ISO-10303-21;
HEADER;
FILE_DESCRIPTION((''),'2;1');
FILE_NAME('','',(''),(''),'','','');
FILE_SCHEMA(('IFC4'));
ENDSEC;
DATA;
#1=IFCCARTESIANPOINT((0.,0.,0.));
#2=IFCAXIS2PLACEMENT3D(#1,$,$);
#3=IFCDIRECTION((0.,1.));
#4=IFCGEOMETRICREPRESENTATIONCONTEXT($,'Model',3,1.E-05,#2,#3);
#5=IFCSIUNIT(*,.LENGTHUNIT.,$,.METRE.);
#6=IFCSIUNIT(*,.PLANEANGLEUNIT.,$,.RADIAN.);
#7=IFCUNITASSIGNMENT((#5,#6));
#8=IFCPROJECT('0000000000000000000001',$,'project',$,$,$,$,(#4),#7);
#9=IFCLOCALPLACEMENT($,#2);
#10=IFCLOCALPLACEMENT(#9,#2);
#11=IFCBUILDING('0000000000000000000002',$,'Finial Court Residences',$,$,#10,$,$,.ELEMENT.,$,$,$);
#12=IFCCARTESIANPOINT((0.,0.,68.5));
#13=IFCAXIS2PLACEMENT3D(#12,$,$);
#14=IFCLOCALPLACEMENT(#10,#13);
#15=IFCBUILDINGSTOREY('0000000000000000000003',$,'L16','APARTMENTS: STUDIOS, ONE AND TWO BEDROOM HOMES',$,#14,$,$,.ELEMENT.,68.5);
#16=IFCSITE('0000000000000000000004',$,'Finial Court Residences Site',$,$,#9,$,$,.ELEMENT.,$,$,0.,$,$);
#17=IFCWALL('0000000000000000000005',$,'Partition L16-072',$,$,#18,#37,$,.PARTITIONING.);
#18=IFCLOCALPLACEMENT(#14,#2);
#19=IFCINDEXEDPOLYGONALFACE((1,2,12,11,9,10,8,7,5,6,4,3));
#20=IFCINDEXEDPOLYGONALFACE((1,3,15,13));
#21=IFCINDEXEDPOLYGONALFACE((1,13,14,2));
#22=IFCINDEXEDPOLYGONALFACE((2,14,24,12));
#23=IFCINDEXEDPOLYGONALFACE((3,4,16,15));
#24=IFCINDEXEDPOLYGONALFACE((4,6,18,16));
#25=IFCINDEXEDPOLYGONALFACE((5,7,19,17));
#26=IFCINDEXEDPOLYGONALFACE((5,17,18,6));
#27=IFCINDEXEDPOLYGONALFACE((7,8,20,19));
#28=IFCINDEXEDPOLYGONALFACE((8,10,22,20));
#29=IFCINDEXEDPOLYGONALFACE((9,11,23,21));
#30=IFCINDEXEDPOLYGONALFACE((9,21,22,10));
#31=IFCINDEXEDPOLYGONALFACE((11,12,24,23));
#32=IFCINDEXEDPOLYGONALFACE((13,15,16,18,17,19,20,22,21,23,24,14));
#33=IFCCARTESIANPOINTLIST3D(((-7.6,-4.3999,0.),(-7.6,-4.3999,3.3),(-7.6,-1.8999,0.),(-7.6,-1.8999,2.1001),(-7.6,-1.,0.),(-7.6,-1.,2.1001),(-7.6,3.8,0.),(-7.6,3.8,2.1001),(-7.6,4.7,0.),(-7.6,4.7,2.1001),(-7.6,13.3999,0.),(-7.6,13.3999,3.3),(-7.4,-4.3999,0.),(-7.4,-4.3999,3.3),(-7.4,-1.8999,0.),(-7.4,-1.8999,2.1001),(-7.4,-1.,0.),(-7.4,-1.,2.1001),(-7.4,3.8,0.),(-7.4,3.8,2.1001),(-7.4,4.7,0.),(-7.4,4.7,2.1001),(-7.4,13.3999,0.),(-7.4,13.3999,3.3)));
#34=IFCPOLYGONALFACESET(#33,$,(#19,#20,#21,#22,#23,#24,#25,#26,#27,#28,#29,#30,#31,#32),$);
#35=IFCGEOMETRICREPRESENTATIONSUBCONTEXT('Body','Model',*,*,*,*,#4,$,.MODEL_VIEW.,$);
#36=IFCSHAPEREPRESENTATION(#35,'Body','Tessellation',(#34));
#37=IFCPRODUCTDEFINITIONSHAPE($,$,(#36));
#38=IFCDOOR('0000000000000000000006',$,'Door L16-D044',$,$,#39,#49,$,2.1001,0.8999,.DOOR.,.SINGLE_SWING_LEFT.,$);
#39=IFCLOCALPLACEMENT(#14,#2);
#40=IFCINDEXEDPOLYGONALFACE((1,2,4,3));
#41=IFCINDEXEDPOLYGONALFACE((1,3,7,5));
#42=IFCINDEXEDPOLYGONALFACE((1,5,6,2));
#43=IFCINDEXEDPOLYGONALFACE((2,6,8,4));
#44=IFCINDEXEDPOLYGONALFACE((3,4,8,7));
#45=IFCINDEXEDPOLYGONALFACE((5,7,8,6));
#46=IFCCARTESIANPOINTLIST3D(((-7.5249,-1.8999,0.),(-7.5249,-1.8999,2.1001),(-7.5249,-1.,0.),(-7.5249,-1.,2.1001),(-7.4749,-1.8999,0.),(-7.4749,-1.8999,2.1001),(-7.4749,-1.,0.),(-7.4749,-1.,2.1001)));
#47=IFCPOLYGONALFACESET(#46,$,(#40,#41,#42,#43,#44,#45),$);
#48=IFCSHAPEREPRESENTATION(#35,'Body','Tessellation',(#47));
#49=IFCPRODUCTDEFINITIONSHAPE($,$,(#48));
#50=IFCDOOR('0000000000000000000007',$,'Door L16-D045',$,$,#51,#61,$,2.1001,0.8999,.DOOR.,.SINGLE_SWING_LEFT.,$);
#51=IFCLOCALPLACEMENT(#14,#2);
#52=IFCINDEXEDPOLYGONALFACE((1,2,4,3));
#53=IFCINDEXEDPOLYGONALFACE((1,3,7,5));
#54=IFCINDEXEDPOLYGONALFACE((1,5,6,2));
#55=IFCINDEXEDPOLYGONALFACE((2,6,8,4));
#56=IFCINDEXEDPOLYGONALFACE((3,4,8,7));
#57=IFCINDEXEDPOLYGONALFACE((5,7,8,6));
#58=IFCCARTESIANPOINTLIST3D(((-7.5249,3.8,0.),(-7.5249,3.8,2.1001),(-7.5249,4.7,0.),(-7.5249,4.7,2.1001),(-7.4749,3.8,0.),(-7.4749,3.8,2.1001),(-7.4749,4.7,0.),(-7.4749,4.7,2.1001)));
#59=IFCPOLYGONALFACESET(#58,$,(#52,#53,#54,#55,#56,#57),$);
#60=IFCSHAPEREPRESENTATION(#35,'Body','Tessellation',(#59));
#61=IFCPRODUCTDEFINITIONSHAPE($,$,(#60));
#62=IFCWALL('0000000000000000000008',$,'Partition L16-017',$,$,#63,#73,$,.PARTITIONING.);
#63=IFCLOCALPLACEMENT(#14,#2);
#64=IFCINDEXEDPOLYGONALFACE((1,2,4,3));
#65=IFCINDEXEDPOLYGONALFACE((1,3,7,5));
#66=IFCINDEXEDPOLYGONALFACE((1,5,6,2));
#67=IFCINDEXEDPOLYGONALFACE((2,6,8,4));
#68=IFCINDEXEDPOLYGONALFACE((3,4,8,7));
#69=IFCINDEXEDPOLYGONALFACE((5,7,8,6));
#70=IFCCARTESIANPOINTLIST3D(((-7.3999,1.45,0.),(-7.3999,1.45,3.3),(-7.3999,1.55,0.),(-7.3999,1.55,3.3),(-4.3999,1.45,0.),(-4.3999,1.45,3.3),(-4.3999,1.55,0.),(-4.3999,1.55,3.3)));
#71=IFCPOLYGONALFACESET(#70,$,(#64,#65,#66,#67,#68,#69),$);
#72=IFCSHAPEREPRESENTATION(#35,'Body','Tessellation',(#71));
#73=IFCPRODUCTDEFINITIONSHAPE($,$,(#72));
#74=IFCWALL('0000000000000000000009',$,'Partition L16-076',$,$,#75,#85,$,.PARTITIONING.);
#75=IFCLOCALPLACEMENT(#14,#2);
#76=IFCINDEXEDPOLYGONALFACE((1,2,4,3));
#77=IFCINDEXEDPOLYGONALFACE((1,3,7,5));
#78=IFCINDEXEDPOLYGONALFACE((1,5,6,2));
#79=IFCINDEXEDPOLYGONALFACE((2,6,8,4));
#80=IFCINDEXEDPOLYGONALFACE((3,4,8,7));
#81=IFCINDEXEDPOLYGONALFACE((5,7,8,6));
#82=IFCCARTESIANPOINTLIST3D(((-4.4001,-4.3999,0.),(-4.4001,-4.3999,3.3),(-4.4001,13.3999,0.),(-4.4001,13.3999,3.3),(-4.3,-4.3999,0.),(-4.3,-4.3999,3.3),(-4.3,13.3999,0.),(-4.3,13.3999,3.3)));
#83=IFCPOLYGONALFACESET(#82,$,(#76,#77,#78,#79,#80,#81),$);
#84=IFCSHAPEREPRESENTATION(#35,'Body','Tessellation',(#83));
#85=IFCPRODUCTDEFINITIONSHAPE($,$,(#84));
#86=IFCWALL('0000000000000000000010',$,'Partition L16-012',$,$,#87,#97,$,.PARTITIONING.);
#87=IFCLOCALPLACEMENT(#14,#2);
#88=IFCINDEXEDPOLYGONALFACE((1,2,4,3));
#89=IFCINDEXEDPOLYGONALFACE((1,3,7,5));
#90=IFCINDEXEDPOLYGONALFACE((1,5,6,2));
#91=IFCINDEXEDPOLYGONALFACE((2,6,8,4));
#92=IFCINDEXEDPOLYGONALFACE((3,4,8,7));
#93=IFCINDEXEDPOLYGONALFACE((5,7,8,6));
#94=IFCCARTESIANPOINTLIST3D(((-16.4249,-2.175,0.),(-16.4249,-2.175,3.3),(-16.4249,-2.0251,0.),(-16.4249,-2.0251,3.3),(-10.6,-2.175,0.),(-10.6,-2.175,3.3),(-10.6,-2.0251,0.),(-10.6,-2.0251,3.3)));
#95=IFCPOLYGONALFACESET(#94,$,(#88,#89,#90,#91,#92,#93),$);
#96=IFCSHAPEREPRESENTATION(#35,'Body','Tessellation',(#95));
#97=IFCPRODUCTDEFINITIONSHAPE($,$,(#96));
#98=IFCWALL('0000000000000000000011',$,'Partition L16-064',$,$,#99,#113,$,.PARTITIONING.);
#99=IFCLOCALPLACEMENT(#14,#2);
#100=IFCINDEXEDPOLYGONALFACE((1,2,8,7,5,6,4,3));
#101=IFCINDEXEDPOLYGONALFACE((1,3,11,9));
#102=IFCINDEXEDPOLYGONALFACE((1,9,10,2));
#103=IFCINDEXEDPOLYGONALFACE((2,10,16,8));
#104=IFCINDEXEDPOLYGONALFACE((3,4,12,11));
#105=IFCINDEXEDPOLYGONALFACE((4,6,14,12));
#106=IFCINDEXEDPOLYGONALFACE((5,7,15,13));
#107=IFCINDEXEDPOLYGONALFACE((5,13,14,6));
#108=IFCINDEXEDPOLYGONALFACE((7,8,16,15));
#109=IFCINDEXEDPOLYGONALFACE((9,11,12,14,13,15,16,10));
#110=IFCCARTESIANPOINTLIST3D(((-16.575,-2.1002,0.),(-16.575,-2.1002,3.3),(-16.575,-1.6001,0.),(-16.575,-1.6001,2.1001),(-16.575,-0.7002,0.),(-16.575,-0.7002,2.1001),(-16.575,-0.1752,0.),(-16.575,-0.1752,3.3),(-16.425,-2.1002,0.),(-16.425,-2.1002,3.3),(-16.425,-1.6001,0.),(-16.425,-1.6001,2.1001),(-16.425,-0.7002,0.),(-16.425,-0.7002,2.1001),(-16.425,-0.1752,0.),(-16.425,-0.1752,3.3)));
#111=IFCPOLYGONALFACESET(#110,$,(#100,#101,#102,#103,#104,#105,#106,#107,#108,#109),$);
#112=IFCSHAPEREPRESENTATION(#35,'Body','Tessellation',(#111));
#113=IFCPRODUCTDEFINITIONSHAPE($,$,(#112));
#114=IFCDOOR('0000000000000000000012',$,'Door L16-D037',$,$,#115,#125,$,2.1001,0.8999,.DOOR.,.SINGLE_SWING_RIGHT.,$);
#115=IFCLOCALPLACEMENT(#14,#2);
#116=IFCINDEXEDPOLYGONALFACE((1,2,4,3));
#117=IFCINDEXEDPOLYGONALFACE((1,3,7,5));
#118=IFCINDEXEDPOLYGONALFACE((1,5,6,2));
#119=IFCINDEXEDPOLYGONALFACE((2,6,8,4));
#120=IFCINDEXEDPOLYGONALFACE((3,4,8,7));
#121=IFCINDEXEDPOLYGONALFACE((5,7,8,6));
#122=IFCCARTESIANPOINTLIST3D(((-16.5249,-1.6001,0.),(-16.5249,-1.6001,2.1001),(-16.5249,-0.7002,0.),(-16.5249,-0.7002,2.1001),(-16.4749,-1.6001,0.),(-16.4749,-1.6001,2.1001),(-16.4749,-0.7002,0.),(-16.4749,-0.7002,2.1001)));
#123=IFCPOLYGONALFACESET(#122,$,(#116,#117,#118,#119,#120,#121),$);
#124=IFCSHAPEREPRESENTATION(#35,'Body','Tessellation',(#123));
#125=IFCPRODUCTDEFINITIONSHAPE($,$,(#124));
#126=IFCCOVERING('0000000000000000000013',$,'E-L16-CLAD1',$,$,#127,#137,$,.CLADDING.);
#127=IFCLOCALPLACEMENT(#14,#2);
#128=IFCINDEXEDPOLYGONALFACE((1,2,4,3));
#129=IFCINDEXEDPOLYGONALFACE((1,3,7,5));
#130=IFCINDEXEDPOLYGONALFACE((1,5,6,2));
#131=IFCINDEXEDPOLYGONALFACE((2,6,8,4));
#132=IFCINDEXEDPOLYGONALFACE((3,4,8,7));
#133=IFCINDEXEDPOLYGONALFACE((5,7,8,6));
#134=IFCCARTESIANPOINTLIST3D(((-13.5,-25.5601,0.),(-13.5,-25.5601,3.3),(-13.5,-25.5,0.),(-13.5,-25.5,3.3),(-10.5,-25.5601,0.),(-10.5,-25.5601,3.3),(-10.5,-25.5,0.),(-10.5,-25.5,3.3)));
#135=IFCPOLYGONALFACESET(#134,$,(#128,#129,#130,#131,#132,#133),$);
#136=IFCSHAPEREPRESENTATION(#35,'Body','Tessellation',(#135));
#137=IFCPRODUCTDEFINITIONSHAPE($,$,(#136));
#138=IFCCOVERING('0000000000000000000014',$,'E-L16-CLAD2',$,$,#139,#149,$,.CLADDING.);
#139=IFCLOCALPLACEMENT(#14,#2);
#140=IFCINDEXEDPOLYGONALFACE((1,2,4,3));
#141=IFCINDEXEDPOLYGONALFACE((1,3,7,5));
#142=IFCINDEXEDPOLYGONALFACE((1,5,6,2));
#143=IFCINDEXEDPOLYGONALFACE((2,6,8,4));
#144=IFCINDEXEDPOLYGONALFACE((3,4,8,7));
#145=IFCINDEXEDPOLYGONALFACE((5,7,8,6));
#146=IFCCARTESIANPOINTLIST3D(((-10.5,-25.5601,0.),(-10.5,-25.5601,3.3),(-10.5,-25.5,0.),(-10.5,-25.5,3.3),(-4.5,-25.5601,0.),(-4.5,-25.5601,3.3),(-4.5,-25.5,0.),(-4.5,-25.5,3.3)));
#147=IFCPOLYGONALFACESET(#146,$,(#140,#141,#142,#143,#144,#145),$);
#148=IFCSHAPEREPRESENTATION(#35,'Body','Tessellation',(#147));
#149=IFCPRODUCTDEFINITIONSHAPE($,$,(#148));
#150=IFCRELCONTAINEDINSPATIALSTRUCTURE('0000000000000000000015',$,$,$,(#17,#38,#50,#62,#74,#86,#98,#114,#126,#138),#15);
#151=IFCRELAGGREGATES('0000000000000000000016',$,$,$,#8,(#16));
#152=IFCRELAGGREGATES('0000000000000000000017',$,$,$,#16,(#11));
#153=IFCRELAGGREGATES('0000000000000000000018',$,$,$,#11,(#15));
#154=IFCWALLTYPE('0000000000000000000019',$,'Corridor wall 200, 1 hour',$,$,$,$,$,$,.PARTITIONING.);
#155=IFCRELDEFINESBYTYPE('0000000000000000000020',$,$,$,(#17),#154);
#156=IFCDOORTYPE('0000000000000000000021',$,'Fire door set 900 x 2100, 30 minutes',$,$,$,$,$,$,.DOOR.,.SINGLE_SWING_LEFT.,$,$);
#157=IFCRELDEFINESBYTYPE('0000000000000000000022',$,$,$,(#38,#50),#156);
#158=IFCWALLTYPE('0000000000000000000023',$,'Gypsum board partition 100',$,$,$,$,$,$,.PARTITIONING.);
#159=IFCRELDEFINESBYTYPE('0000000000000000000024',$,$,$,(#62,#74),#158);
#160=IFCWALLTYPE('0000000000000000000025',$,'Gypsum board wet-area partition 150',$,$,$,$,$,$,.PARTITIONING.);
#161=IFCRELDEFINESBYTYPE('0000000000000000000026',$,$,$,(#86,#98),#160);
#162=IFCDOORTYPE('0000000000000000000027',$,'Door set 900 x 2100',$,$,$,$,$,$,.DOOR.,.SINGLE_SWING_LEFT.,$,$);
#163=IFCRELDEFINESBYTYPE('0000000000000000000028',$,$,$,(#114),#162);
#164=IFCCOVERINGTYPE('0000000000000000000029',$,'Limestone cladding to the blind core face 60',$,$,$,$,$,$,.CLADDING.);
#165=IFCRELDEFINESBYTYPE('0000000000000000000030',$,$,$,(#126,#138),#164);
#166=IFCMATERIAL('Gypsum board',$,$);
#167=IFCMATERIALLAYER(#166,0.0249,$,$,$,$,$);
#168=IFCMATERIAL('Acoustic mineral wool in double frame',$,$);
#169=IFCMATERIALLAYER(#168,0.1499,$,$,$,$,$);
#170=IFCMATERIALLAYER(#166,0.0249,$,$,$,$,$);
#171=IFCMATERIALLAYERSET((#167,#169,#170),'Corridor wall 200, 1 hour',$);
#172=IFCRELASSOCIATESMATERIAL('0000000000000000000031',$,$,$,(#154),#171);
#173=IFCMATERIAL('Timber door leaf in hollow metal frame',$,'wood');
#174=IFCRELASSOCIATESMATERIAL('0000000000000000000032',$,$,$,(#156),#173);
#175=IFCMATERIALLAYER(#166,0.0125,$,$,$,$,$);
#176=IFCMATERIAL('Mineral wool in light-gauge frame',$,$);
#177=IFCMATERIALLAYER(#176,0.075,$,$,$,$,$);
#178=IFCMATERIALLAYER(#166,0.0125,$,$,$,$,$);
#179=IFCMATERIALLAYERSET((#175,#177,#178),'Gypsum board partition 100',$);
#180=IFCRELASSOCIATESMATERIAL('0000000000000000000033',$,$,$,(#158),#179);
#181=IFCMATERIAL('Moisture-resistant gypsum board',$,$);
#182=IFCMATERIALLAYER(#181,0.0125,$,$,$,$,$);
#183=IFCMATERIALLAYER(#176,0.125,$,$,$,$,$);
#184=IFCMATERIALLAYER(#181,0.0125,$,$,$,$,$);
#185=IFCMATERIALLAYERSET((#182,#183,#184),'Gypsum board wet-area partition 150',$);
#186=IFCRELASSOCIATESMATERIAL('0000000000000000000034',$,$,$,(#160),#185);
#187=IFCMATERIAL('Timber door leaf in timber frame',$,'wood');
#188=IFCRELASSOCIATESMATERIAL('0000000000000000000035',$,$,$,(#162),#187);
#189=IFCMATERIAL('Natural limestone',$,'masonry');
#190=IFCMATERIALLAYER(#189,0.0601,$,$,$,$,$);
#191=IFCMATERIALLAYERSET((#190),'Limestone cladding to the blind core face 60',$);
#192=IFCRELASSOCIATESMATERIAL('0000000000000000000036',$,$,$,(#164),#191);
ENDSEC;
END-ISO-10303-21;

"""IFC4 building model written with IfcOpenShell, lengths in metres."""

from ifc_helpers import new_model, si_unit, direction, frame, frame_2d, origin, place, context, subcontext, project, spatial, polyline, rectangle, outline, extrude, material, layer, layer_set, type_object, element, fill, save


model = new_model("IFC4")

# Units and contexts
model_context = context("Model", 3, precision=1e-05, world=origin(), true_north=direction((0.0, 1.0)))
body_context = subcontext(model_context, "Body", "Model", "MODEL_VIEW")
ifc_project = project(units=[si_unit("LENGTHUNIT", "METRE"), si_unit("PLANEANGLEUNIT", "RADIAN")], contexts=[model_context])

# Site, building, storey
site_placement = place(None, origin())
site = spatial("IfcSite", under=ifc_project, at=site_placement, Name="Finial Court Residences Site", CompositionType="ELEMENT", RefElevation=0.0)
building_placement = place(site_placement, origin())
building = spatial("IfcBuilding", under=site, at=building_placement, Name="Finial Court Residences", CompositionType="ELEMENT")
storey_placement = place(building_placement, frame((0.0, 0.0, 68.5)))
storey = spatial("IfcBuildingStorey", under=building, at=storey_placement, Name="L16", Description="APARTMENTS: STUDIOS, ONE AND TWO BEDROOM HOMES", CompositionType="ELEMENT", Elevation=68.5)

# Wall, openings, doors
ifc_material_1 = material(Name="Gypsum board")
ifc_layer_1 = layer(ifc_material_1, 0.0249)
ifc_material_2 = material(Name="Acoustic mineral wool in double frame")
ifc_layer_2 = layer(ifc_material_2, 0.1499)
ifc_layer_3 = layer(ifc_material_1, 0.0249)
ifc_layer_set_1 = layer_set([ifc_layer_1, ifc_layer_2, ifc_layer_3], Name="Corridor wall 200, 1 hour")
wall_type_1 = type_object("IfcWallType", Name="Corridor wall 200, 1 hour", PredefinedType="PARTITIONING", material=ifc_layer_set_1)
wall_1_placement = place(storey_placement, frame((-7.5, -4.3999, 0.0), z_axis=(0.0, 0.0, 1.0), x_axis=(0.0, 1.0, 0.0)))
wall_1 = element("IfcWall", 1, at=wall_1_placement, inside=storey, type_object=wall_type_1, Name="Partition L16-072", PredefinedType="PARTITIONING", context=body_context, shape_type="SweptSolid", body=[
    extrude(rectangle(XDim=17.7998, YDim=0.2, at=frame_2d((8.8999, 0.0))), origin(), (0.0, 0.0, 1.0), 3.3),
])
opening_1_placement = place(wall_1_placement, frame((2.5, 0.0, 0.0)))
opening_1 = element("IfcOpeningElement", 2, at=opening_1_placement, cuts=wall_1, PredefinedType="OPENING", context=body_context, shape_type="SweptSolid", body=[
    extrude(rectangle(XDim=0.8999, YDim=2.1001, at=frame_2d((0.45, 1.05))), frame((0.0, 0.1099, 0.0), z_axis=(0.0, -1.0, 0.0), x_axis=(1.0, 0.0, 0.0)), (0.0, 0.0, 1.0), 0.22),
])
opening_2_placement = place(wall_1_placement, frame((8.2, 0.0, 0.0)))
opening_2 = element("IfcOpeningElement", 3, at=opening_2_placement, cuts=wall_1, PredefinedType="OPENING", context=body_context, shape_type="SweptSolid", body=[
    extrude(rectangle(XDim=0.8999, YDim=2.1001, at=frame_2d((0.45, 1.05))), frame((0.0, 0.1099, 0.0), z_axis=(0.0, -1.0, 0.0), x_axis=(1.0, 0.0, 0.0)), (0.0, 0.0, 1.0), 0.22),
])
ifc_material_3 = material(Name="Timber door leaf in hollow metal frame", Category="wood")
door_type_1 = type_object("IfcDoorType", Name="Fire door set 900 x 2100, 30 minutes", OperationType="SINGLE_SWING_LEFT", PredefinedType="DOOR", material=ifc_material_3)
door_1_placement = place(opening_1_placement, origin())
door_1 = element("IfcDoor", 4, at=door_1_placement, inside=storey, type_object=door_type_1, Name="Door L16-D044", OperationType="SINGLE_SWING_LEFT", OverallHeight=2.1001, OverallWidth=0.8999, PredefinedType="DOOR", context=body_context, shape_type="SweptSolid", body=[
    extrude(rectangle(XDim=0.8999, YDim=2.1001, at=frame_2d((0.45, 1.05))), frame((0.0, 0.0249, 0.0), z_axis=(0.0, -1.0, 0.0), x_axis=(1.0, 0.0, 0.0)), (0.0, 0.0, 1.0), 0.05),
])
fill(opening_1, door_1)
door_2_placement = place(opening_2_placement, origin())
door_2 = element("IfcDoor", 5, at=door_2_placement, inside=storey, type_object=door_type_1, Name="Door L16-D045", OperationType="SINGLE_SWING_LEFT", OverallHeight=2.1001, OverallWidth=0.8999, PredefinedType="DOOR", context=body_context, shape_type="SweptSolid", body=[
    extrude(rectangle(XDim=0.8999, YDim=2.1001, at=frame_2d((0.45, 1.05))), frame((0.0, 0.0249, 0.0), z_axis=(0.0, -1.0, 0.0), x_axis=(1.0, 0.0, 0.0)), (0.0, 0.0, 1.0), 0.05),
])
fill(opening_2, door_2)

# Walls
ifc_layer_4 = layer(ifc_material_1, 0.0125)
ifc_material_4 = material(Name="Mineral wool in light-gauge frame")
ifc_layer_5 = layer(ifc_material_4, 0.075)
ifc_layer_6 = layer(ifc_material_1, 0.0125)
ifc_layer_set_2 = layer_set([ifc_layer_4, ifc_layer_5, ifc_layer_6], Name="Gypsum board partition 100")
wall_type_2 = type_object("IfcWallType", Name="Gypsum board partition 100", PredefinedType="PARTITIONING", material=ifc_layer_set_2)
wall_2_placement = place(storey_placement, frame((-7.3999, 1.5, 0.0), z_axis=(0.0, 0.0, 1.0), x_axis=(1.0, 0.0, 0.0)))
element("IfcWall", 6, at=wall_2_placement, inside=storey, type_object=wall_type_2, Name="Partition L16-017", PredefinedType="PARTITIONING", context=body_context, shape_type="SweptSolid", body=[
    extrude(rectangle(XDim=3.0, YDim=0.1001, at=frame_2d((1.5, 0.0))), origin(), (0.0, 0.0, 1.0), 3.3),
])
wall_3_placement = place(storey_placement, frame((-4.3501, -4.3999, 0.0), z_axis=(0.0, 0.0, 1.0), x_axis=(0.0, 1.0, 0.0)))
element("IfcWall", 7, at=wall_3_placement, inside=storey, type_object=wall_type_2, Name="Partition L16-076", PredefinedType="PARTITIONING", context=body_context, shape_type="SweptSolid", body=[
    extrude(rectangle(XDim=17.7998, YDim=0.1001, at=frame_2d((8.8999, 0.0))), origin(), (0.0, 0.0, 1.0), 3.3),
])
ifc_material_5 = material(Name="Moisture-resistant gypsum board")
ifc_layer_7 = layer(ifc_material_5, 0.0125)
ifc_layer_8 = layer(ifc_material_4, 0.125)
ifc_layer_9 = layer(ifc_material_5, 0.0125)
ifc_layer_set_3 = layer_set([ifc_layer_7, ifc_layer_8, ifc_layer_9], Name="Gypsum board wet-area partition 150")
wall_type_3 = type_object("IfcWallType", Name="Gypsum board wet-area partition 150", PredefinedType="PARTITIONING", material=ifc_layer_set_3)
wall_4_placement = place(storey_placement, frame((-16.425, -2.1001, 0.0), z_axis=(0.0, 0.0, 1.0), x_axis=(1.0, 0.0, 0.0)))
element("IfcWall", 8, at=wall_4_placement, inside=storey, type_object=wall_type_3, Name="Partition L16-012", PredefinedType="PARTITIONING", context=body_context, shape_type="SweptSolid", body=[
    extrude(rectangle(XDim=5.825, YDim=0.1499, at=frame_2d((2.9126, 0.0))), origin(), (0.0, 0.0, 1.0), 3.3),
])

# Wall, opening, door
wall_5_placement = place(storey_placement, frame((-16.5, -2.1001, 0.0), z_axis=(0.0, 0.0, 1.0), x_axis=(0.0, 1.0, 0.0)))
wall_5 = element("IfcWall", 9, at=wall_5_placement, inside=storey, type_object=wall_type_3, Name="Partition L16-064", PredefinedType="PARTITIONING", context=body_context, shape_type="SweptSolid", body=[
    extrude(rectangle(XDim=1.925, YDim=0.1499, at=frame_2d((0.9624, 0.0))), origin(), (0.0, 0.0, 1.0), 3.3),
])
opening_3_placement = place(wall_5_placement, frame((0.5, 0.0, 0.0)))
opening_3 = element("IfcOpeningElement", 10, at=opening_3_placement, cuts=wall_5, PredefinedType="OPENING", context=body_context, shape_type="SweptSolid", body=[
    extrude(rectangle(XDim=0.8999, YDim=2.1001, at=frame_2d((0.45, 1.05))), frame((0.0, 0.085, 0.0), z_axis=(0.0, -1.0, 0.0), x_axis=(1.0, 0.0, 0.0)), (0.0, 0.0, 1.0), 0.1699),
])
ifc_material_6 = material(Name="Timber door leaf in timber frame", Category="wood")
door_type_2 = type_object("IfcDoorType", Name="Door set 900 x 2100", OperationType="SINGLE_SWING_LEFT", PredefinedType="DOOR", material=ifc_material_6)
door_3_placement = place(opening_3_placement, origin())
door_3 = element("IfcDoor", 11, at=door_3_placement, inside=storey, type_object=door_type_2, Name="Door L16-D037", OperationType="SINGLE_SWING_RIGHT", OverallHeight=2.1001, OverallWidth=0.8999, PredefinedType="DOOR", context=body_context, shape_type="SweptSolid", body=[
    extrude(rectangle(XDim=0.8999, YDim=2.1001, at=frame_2d((0.45, 1.05))), frame((0.0, 0.0249, 0.0), z_axis=(0.0, -1.0, 0.0), x_axis=(1.0, 0.0, 0.0)), (0.0, 0.0, 1.0), 0.05),
])
fill(opening_3, door_3)

# Coverings
ifc_material_7 = material(Name="Natural limestone", Category="masonry")
ifc_layer_10 = layer(ifc_material_7, 0.0601)
ifc_layer_set_4 = layer_set([ifc_layer_10], Name="Limestone cladding to the blind core face 60")
covering_type = type_object("IfcCoveringType", Name="Limestone cladding to the blind core face 60", PredefinedType="CLADDING", material=ifc_layer_set_4)
covering_1_placement = place(storey_placement, origin())
element("IfcCovering", 12, at=covering_1_placement, inside=storey, type_object=covering_type, Name="E-L16-CLAD1", PredefinedType="CLADDING", context=body_context, shape_type="SweptSolid", body=[
    extrude(outline(polyline([(-10.5, -25.5601), (-10.5, -25.5), (-13.5, -25.5), (-13.5, -25.5601), (-10.5, -25.5601)])), origin(), (0.0, 0.0, 1.0), 3.3),
])
covering_2_placement = place(storey_placement, origin())
element("IfcCovering", 13, at=covering_2_placement, inside=storey, type_object=covering_type, Name="E-L16-CLAD2", PredefinedType="CLADDING", context=body_context, shape_type="SweptSolid", body=[
    extrude(outline(polyline([(-4.5, -25.5601), (-4.5, -25.5), (-10.5, -25.5), (-10.5, -25.5601), (-4.5, -25.5601)])), origin(), (0.0, 0.0, 1.0), 3.3),
])

save(model, "model.ifc")
